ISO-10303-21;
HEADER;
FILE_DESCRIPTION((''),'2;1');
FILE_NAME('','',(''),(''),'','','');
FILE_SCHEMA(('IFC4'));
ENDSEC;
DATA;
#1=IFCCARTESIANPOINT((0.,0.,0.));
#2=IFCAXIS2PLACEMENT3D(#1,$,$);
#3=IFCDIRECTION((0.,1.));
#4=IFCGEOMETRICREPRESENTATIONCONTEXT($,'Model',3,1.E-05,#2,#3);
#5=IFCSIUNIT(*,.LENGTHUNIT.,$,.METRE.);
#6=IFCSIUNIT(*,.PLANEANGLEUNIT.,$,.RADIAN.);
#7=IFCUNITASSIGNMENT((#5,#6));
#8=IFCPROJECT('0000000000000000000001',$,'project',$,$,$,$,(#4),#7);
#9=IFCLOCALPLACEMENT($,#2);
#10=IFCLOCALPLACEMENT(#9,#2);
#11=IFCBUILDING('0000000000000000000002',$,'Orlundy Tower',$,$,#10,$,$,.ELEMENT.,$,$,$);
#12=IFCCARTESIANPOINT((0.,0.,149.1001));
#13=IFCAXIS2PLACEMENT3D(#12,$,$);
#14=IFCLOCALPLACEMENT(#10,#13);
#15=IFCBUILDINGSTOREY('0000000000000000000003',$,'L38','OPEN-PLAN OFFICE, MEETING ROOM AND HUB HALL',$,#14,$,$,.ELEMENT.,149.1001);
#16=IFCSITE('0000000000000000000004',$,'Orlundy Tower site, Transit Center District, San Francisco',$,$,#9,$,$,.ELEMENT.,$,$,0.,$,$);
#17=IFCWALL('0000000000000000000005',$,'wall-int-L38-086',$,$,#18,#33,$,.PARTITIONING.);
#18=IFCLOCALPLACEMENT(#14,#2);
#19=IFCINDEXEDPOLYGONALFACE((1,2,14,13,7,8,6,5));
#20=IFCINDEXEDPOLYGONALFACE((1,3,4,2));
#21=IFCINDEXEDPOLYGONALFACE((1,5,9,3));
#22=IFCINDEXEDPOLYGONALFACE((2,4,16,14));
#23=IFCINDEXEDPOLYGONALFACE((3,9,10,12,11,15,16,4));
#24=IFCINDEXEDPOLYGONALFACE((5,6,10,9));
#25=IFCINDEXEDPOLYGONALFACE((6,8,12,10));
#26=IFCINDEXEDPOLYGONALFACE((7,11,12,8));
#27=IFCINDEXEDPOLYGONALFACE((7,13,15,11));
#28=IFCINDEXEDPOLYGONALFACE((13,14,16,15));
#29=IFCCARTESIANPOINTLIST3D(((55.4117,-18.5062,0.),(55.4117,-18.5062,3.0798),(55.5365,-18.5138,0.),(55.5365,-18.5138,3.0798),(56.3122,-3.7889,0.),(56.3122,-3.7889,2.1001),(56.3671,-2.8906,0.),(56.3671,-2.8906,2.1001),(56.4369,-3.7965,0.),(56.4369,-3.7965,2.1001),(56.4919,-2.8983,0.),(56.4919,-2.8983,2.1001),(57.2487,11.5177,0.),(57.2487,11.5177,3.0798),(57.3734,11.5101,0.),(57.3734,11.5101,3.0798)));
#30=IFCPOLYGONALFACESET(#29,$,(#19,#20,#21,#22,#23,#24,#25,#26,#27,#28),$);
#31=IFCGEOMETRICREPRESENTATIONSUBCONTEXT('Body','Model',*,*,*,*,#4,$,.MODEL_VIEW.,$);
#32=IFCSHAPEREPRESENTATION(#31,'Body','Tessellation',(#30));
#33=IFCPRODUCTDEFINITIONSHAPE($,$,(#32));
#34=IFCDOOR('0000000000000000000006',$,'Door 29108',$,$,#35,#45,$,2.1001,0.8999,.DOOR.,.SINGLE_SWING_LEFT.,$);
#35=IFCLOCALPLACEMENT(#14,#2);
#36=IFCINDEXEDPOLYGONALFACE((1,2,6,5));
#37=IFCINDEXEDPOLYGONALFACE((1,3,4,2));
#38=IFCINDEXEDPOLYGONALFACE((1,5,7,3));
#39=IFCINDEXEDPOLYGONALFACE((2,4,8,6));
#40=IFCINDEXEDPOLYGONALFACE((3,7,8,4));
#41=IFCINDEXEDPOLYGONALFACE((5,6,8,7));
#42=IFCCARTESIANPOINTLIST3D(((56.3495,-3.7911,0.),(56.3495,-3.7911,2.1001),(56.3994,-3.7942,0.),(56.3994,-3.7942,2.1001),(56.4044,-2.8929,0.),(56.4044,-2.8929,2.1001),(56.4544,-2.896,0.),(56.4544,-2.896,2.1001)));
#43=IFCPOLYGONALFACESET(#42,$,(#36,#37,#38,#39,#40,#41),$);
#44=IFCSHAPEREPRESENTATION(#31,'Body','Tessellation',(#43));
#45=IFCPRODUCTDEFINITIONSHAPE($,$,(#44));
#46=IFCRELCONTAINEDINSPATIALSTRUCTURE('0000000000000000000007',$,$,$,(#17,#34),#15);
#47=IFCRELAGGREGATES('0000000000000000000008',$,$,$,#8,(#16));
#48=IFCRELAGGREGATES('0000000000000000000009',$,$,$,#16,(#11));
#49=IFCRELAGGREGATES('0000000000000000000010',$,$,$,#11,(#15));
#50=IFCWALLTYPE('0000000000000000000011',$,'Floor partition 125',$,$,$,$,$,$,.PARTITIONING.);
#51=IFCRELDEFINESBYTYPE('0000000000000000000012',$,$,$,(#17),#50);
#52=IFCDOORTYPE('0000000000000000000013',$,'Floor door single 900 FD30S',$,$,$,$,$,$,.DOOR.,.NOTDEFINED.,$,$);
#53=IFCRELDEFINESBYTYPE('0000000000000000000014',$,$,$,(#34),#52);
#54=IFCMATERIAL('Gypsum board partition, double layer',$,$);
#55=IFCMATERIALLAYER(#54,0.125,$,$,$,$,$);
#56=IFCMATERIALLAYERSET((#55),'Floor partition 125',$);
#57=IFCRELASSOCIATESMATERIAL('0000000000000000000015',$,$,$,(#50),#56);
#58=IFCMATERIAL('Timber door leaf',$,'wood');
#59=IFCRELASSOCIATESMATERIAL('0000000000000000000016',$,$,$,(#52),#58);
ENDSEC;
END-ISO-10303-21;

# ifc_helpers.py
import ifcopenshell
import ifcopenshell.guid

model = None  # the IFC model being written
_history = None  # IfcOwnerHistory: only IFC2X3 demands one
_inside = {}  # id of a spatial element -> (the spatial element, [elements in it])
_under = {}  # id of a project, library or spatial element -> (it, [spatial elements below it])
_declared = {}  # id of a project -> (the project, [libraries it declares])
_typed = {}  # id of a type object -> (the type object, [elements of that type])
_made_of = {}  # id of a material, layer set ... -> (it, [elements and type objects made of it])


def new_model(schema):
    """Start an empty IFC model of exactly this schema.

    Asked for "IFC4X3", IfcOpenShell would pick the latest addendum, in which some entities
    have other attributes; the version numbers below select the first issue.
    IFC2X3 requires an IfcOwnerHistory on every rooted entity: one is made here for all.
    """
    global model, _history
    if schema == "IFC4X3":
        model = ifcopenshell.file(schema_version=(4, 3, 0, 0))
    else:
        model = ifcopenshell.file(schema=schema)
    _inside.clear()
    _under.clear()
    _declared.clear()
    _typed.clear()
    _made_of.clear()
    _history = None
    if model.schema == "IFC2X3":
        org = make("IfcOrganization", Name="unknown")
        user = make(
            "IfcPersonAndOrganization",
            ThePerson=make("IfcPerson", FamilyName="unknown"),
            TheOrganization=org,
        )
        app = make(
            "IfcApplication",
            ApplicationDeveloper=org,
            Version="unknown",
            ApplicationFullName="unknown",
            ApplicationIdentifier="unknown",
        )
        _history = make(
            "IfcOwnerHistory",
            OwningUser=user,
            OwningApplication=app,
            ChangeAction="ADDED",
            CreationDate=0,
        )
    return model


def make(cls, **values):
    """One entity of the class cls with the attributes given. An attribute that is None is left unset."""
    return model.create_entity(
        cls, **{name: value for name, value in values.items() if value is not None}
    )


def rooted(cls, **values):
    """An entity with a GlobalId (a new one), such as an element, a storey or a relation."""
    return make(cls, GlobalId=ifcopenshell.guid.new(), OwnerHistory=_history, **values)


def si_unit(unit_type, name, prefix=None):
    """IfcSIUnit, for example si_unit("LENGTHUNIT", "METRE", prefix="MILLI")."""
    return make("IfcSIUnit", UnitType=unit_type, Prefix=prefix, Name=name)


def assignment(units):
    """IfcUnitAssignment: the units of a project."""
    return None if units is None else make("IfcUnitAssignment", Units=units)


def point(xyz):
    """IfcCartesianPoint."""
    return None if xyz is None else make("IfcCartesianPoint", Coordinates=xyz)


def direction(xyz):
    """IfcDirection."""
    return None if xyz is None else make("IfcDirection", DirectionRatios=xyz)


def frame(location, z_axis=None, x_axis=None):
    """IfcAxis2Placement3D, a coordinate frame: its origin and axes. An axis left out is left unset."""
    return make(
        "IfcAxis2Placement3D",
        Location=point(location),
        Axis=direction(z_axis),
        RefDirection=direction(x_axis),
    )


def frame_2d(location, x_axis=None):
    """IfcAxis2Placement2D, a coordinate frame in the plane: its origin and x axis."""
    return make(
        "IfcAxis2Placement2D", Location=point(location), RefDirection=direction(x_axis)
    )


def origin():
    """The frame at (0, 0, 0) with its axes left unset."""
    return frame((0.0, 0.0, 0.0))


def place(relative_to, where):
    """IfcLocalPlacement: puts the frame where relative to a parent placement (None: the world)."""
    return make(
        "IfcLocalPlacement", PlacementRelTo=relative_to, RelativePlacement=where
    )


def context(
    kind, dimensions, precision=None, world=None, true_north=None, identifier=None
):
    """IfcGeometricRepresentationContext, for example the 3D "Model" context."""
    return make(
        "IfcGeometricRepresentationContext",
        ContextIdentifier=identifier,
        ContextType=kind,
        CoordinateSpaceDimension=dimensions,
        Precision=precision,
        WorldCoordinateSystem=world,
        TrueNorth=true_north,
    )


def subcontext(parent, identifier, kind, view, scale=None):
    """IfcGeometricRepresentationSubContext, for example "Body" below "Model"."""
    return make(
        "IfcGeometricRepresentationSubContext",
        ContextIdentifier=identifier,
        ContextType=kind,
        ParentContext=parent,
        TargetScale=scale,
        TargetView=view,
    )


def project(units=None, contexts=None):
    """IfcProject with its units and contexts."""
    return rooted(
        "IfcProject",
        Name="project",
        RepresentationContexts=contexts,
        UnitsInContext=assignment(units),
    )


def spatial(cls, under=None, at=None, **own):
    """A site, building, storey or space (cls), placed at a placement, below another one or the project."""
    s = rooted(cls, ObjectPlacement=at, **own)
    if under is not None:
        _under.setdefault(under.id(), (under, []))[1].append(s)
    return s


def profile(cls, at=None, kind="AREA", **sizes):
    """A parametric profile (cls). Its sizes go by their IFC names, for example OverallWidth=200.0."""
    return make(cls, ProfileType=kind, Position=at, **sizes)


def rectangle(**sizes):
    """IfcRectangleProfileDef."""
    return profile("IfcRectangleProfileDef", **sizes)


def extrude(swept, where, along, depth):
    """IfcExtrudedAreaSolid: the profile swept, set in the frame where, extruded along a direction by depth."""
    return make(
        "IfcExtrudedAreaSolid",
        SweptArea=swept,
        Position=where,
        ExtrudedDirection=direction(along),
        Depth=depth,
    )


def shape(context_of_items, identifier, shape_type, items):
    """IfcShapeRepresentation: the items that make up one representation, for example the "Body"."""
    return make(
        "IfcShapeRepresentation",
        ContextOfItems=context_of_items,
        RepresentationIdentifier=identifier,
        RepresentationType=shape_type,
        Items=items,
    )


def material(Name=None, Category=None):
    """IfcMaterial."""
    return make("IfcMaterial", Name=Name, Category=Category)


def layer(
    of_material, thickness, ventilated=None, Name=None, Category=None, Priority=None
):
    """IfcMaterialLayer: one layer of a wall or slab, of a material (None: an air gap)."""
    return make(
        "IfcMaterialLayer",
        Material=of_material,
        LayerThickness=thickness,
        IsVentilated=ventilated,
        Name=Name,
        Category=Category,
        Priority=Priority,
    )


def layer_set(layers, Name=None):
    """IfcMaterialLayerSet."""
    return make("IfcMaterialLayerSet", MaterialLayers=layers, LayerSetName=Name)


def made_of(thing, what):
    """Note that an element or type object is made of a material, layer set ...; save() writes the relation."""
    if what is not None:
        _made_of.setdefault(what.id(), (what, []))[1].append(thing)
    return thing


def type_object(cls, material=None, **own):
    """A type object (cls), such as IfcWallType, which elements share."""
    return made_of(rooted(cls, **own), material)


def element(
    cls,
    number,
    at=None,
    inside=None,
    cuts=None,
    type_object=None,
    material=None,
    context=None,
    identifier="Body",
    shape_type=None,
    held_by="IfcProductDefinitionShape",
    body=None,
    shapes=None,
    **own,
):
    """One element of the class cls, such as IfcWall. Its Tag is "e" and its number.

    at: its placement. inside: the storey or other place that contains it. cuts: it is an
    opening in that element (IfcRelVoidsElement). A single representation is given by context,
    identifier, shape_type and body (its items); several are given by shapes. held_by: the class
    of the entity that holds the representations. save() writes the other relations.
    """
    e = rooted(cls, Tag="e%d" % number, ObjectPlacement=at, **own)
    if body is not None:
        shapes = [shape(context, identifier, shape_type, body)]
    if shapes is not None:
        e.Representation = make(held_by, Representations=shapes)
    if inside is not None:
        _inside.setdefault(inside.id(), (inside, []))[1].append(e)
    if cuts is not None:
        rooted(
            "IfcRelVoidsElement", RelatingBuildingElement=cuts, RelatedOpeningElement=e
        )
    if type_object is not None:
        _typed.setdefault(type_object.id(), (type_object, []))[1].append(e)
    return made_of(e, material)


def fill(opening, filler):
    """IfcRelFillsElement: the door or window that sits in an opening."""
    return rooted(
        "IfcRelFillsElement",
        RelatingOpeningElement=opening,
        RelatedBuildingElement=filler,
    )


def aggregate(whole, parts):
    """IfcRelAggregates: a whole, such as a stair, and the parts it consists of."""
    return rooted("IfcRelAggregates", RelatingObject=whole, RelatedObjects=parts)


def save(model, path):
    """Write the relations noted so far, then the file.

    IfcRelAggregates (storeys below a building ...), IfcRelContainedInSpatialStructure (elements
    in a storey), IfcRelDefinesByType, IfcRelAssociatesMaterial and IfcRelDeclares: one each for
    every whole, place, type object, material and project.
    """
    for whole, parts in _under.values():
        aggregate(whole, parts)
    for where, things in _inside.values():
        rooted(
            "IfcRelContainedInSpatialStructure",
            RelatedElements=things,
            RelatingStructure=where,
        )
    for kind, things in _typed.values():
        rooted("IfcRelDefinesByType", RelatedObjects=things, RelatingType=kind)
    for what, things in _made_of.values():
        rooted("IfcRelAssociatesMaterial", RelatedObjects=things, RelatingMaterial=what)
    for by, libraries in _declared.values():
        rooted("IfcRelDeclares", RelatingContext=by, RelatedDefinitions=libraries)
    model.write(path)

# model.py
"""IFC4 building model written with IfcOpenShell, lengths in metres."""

from ifc_helpers import new_model, si_unit, direction, frame, frame_2d, origin, place, context, subcontext, project, spatial, rectangle, extrude, material, layer, layer_set, type_object, element, fill, save


model = new_model("IFC4")

# Units and contexts
model_context = context("Model", 3, precision=1e-05, world=origin(), true_north=direction((0.0, 1.0)))
body_context = subcontext(model_context, "Body", "Model", "MODEL_VIEW")
ifc_project = project(units=[si_unit("LENGTHUNIT", "METRE"), si_unit("PLANEANGLEUNIT", "RADIAN")], contexts=[model_context])

# Site, building, storey
site_placement = place(None, origin())
site = spatial("IfcSite", under=ifc_project, at=site_placement, Name="Orlundy Tower site, Transit Center District, San Francisco", CompositionType="ELEMENT", RefElevation=0.0)
building_placement = place(site_placement, origin())
building = spatial("IfcBuilding", under=site, at=building_placement, Name="Orlundy Tower", CompositionType="ELEMENT")
storey_placement = place(building_placement, frame((0.0, 0.0, 149.1001)))
storey = spatial("IfcBuildingStorey", under=building, at=storey_placement, Name="L38", Description="OPEN-PLAN OFFICE, MEETING ROOM AND HUB HALL", CompositionType="ELEMENT", Elevation=149.1001)

# Shared definitions
ifc_material_1 = material(Name="Gypsum board partition, double layer")
ifc_layer_1 = layer(ifc_material_1, 0.125)
ifc_layer_set_1 = layer_set([ifc_layer_1], Name="Floor partition 125")
wall_type_1 = type_object("IfcWallType", Name="Floor partition 125", PredefinedType="PARTITIONING", material=ifc_layer_set_1)

# Wall, opening, door
wall_1_placement = place(storey_placement, frame((57.311, 11.5139, 0.0), z_axis=(0.0, 0.0, 1.0), x_axis=(-0.061067, -0.998134, 0.0)))
wall_1 = element("IfcWall", 1, at=wall_1_placement, inside=storey, type_object=wall_type_1, Name="wall-int-L38-086", PredefinedType="PARTITIONING", context=body_context, shape_type="SweptSolid", body=[
    extrude(rectangle(XDim=30.0801, YDim=0.125, at=frame_2d((15.04, 0.0))), origin(), (0.0, 0.0, 1.0), 3.0798),
])
opening_placement = place(wall_1_placement, frame((14.4353, 0.0, 0.0)))
opening = element("IfcOpeningElement", 2, at=opening_placement, cuts=wall_1, PredefinedType="OPENING", context=body_context, shape_type="SweptSolid", body=[
    extrude(rectangle(XDim=0.8999, YDim=2.1001, at=frame_2d((0.45, 1.05))), frame((0.0, 0.0725, 0.0), z_axis=(0.0, -1.0, 0.0), x_axis=(1.0, 0.0, 0.0)), (0.0, 0.0, 1.0), 0.145),
])
ifc_material_2 = material(Name="Timber door leaf", Category="wood")
door_type = type_object("IfcDoorType", Name="Floor door single 900 FD30S", OperationType="NOTDEFINED", PredefinedType="DOOR", material=ifc_material_2)
door_placement = place(opening_placement, origin())
door = element("IfcDoor", 3, at=door_placement, inside=storey, type_object=door_type, Name="Door 29108", OperationType="SINGLE_SWING_LEFT", OverallHeight=2.1001, OverallWidth=0.8999, PredefinedType="DOOR", context=body_context, shape_type="SweptSolid", body=[
    extrude(rectangle(XDim=0.8999, YDim=2.1001, at=frame_2d((0.45, 1.05))), frame((0.0, 0.0249, 0.0), z_axis=(0.0, -1.0, 0.0), x_axis=(1.0, 0.0, 0.0)), (0.0, 0.0, 1.0), 0.05),
])
fill(opening, door)

save(model, "model.ifc")
